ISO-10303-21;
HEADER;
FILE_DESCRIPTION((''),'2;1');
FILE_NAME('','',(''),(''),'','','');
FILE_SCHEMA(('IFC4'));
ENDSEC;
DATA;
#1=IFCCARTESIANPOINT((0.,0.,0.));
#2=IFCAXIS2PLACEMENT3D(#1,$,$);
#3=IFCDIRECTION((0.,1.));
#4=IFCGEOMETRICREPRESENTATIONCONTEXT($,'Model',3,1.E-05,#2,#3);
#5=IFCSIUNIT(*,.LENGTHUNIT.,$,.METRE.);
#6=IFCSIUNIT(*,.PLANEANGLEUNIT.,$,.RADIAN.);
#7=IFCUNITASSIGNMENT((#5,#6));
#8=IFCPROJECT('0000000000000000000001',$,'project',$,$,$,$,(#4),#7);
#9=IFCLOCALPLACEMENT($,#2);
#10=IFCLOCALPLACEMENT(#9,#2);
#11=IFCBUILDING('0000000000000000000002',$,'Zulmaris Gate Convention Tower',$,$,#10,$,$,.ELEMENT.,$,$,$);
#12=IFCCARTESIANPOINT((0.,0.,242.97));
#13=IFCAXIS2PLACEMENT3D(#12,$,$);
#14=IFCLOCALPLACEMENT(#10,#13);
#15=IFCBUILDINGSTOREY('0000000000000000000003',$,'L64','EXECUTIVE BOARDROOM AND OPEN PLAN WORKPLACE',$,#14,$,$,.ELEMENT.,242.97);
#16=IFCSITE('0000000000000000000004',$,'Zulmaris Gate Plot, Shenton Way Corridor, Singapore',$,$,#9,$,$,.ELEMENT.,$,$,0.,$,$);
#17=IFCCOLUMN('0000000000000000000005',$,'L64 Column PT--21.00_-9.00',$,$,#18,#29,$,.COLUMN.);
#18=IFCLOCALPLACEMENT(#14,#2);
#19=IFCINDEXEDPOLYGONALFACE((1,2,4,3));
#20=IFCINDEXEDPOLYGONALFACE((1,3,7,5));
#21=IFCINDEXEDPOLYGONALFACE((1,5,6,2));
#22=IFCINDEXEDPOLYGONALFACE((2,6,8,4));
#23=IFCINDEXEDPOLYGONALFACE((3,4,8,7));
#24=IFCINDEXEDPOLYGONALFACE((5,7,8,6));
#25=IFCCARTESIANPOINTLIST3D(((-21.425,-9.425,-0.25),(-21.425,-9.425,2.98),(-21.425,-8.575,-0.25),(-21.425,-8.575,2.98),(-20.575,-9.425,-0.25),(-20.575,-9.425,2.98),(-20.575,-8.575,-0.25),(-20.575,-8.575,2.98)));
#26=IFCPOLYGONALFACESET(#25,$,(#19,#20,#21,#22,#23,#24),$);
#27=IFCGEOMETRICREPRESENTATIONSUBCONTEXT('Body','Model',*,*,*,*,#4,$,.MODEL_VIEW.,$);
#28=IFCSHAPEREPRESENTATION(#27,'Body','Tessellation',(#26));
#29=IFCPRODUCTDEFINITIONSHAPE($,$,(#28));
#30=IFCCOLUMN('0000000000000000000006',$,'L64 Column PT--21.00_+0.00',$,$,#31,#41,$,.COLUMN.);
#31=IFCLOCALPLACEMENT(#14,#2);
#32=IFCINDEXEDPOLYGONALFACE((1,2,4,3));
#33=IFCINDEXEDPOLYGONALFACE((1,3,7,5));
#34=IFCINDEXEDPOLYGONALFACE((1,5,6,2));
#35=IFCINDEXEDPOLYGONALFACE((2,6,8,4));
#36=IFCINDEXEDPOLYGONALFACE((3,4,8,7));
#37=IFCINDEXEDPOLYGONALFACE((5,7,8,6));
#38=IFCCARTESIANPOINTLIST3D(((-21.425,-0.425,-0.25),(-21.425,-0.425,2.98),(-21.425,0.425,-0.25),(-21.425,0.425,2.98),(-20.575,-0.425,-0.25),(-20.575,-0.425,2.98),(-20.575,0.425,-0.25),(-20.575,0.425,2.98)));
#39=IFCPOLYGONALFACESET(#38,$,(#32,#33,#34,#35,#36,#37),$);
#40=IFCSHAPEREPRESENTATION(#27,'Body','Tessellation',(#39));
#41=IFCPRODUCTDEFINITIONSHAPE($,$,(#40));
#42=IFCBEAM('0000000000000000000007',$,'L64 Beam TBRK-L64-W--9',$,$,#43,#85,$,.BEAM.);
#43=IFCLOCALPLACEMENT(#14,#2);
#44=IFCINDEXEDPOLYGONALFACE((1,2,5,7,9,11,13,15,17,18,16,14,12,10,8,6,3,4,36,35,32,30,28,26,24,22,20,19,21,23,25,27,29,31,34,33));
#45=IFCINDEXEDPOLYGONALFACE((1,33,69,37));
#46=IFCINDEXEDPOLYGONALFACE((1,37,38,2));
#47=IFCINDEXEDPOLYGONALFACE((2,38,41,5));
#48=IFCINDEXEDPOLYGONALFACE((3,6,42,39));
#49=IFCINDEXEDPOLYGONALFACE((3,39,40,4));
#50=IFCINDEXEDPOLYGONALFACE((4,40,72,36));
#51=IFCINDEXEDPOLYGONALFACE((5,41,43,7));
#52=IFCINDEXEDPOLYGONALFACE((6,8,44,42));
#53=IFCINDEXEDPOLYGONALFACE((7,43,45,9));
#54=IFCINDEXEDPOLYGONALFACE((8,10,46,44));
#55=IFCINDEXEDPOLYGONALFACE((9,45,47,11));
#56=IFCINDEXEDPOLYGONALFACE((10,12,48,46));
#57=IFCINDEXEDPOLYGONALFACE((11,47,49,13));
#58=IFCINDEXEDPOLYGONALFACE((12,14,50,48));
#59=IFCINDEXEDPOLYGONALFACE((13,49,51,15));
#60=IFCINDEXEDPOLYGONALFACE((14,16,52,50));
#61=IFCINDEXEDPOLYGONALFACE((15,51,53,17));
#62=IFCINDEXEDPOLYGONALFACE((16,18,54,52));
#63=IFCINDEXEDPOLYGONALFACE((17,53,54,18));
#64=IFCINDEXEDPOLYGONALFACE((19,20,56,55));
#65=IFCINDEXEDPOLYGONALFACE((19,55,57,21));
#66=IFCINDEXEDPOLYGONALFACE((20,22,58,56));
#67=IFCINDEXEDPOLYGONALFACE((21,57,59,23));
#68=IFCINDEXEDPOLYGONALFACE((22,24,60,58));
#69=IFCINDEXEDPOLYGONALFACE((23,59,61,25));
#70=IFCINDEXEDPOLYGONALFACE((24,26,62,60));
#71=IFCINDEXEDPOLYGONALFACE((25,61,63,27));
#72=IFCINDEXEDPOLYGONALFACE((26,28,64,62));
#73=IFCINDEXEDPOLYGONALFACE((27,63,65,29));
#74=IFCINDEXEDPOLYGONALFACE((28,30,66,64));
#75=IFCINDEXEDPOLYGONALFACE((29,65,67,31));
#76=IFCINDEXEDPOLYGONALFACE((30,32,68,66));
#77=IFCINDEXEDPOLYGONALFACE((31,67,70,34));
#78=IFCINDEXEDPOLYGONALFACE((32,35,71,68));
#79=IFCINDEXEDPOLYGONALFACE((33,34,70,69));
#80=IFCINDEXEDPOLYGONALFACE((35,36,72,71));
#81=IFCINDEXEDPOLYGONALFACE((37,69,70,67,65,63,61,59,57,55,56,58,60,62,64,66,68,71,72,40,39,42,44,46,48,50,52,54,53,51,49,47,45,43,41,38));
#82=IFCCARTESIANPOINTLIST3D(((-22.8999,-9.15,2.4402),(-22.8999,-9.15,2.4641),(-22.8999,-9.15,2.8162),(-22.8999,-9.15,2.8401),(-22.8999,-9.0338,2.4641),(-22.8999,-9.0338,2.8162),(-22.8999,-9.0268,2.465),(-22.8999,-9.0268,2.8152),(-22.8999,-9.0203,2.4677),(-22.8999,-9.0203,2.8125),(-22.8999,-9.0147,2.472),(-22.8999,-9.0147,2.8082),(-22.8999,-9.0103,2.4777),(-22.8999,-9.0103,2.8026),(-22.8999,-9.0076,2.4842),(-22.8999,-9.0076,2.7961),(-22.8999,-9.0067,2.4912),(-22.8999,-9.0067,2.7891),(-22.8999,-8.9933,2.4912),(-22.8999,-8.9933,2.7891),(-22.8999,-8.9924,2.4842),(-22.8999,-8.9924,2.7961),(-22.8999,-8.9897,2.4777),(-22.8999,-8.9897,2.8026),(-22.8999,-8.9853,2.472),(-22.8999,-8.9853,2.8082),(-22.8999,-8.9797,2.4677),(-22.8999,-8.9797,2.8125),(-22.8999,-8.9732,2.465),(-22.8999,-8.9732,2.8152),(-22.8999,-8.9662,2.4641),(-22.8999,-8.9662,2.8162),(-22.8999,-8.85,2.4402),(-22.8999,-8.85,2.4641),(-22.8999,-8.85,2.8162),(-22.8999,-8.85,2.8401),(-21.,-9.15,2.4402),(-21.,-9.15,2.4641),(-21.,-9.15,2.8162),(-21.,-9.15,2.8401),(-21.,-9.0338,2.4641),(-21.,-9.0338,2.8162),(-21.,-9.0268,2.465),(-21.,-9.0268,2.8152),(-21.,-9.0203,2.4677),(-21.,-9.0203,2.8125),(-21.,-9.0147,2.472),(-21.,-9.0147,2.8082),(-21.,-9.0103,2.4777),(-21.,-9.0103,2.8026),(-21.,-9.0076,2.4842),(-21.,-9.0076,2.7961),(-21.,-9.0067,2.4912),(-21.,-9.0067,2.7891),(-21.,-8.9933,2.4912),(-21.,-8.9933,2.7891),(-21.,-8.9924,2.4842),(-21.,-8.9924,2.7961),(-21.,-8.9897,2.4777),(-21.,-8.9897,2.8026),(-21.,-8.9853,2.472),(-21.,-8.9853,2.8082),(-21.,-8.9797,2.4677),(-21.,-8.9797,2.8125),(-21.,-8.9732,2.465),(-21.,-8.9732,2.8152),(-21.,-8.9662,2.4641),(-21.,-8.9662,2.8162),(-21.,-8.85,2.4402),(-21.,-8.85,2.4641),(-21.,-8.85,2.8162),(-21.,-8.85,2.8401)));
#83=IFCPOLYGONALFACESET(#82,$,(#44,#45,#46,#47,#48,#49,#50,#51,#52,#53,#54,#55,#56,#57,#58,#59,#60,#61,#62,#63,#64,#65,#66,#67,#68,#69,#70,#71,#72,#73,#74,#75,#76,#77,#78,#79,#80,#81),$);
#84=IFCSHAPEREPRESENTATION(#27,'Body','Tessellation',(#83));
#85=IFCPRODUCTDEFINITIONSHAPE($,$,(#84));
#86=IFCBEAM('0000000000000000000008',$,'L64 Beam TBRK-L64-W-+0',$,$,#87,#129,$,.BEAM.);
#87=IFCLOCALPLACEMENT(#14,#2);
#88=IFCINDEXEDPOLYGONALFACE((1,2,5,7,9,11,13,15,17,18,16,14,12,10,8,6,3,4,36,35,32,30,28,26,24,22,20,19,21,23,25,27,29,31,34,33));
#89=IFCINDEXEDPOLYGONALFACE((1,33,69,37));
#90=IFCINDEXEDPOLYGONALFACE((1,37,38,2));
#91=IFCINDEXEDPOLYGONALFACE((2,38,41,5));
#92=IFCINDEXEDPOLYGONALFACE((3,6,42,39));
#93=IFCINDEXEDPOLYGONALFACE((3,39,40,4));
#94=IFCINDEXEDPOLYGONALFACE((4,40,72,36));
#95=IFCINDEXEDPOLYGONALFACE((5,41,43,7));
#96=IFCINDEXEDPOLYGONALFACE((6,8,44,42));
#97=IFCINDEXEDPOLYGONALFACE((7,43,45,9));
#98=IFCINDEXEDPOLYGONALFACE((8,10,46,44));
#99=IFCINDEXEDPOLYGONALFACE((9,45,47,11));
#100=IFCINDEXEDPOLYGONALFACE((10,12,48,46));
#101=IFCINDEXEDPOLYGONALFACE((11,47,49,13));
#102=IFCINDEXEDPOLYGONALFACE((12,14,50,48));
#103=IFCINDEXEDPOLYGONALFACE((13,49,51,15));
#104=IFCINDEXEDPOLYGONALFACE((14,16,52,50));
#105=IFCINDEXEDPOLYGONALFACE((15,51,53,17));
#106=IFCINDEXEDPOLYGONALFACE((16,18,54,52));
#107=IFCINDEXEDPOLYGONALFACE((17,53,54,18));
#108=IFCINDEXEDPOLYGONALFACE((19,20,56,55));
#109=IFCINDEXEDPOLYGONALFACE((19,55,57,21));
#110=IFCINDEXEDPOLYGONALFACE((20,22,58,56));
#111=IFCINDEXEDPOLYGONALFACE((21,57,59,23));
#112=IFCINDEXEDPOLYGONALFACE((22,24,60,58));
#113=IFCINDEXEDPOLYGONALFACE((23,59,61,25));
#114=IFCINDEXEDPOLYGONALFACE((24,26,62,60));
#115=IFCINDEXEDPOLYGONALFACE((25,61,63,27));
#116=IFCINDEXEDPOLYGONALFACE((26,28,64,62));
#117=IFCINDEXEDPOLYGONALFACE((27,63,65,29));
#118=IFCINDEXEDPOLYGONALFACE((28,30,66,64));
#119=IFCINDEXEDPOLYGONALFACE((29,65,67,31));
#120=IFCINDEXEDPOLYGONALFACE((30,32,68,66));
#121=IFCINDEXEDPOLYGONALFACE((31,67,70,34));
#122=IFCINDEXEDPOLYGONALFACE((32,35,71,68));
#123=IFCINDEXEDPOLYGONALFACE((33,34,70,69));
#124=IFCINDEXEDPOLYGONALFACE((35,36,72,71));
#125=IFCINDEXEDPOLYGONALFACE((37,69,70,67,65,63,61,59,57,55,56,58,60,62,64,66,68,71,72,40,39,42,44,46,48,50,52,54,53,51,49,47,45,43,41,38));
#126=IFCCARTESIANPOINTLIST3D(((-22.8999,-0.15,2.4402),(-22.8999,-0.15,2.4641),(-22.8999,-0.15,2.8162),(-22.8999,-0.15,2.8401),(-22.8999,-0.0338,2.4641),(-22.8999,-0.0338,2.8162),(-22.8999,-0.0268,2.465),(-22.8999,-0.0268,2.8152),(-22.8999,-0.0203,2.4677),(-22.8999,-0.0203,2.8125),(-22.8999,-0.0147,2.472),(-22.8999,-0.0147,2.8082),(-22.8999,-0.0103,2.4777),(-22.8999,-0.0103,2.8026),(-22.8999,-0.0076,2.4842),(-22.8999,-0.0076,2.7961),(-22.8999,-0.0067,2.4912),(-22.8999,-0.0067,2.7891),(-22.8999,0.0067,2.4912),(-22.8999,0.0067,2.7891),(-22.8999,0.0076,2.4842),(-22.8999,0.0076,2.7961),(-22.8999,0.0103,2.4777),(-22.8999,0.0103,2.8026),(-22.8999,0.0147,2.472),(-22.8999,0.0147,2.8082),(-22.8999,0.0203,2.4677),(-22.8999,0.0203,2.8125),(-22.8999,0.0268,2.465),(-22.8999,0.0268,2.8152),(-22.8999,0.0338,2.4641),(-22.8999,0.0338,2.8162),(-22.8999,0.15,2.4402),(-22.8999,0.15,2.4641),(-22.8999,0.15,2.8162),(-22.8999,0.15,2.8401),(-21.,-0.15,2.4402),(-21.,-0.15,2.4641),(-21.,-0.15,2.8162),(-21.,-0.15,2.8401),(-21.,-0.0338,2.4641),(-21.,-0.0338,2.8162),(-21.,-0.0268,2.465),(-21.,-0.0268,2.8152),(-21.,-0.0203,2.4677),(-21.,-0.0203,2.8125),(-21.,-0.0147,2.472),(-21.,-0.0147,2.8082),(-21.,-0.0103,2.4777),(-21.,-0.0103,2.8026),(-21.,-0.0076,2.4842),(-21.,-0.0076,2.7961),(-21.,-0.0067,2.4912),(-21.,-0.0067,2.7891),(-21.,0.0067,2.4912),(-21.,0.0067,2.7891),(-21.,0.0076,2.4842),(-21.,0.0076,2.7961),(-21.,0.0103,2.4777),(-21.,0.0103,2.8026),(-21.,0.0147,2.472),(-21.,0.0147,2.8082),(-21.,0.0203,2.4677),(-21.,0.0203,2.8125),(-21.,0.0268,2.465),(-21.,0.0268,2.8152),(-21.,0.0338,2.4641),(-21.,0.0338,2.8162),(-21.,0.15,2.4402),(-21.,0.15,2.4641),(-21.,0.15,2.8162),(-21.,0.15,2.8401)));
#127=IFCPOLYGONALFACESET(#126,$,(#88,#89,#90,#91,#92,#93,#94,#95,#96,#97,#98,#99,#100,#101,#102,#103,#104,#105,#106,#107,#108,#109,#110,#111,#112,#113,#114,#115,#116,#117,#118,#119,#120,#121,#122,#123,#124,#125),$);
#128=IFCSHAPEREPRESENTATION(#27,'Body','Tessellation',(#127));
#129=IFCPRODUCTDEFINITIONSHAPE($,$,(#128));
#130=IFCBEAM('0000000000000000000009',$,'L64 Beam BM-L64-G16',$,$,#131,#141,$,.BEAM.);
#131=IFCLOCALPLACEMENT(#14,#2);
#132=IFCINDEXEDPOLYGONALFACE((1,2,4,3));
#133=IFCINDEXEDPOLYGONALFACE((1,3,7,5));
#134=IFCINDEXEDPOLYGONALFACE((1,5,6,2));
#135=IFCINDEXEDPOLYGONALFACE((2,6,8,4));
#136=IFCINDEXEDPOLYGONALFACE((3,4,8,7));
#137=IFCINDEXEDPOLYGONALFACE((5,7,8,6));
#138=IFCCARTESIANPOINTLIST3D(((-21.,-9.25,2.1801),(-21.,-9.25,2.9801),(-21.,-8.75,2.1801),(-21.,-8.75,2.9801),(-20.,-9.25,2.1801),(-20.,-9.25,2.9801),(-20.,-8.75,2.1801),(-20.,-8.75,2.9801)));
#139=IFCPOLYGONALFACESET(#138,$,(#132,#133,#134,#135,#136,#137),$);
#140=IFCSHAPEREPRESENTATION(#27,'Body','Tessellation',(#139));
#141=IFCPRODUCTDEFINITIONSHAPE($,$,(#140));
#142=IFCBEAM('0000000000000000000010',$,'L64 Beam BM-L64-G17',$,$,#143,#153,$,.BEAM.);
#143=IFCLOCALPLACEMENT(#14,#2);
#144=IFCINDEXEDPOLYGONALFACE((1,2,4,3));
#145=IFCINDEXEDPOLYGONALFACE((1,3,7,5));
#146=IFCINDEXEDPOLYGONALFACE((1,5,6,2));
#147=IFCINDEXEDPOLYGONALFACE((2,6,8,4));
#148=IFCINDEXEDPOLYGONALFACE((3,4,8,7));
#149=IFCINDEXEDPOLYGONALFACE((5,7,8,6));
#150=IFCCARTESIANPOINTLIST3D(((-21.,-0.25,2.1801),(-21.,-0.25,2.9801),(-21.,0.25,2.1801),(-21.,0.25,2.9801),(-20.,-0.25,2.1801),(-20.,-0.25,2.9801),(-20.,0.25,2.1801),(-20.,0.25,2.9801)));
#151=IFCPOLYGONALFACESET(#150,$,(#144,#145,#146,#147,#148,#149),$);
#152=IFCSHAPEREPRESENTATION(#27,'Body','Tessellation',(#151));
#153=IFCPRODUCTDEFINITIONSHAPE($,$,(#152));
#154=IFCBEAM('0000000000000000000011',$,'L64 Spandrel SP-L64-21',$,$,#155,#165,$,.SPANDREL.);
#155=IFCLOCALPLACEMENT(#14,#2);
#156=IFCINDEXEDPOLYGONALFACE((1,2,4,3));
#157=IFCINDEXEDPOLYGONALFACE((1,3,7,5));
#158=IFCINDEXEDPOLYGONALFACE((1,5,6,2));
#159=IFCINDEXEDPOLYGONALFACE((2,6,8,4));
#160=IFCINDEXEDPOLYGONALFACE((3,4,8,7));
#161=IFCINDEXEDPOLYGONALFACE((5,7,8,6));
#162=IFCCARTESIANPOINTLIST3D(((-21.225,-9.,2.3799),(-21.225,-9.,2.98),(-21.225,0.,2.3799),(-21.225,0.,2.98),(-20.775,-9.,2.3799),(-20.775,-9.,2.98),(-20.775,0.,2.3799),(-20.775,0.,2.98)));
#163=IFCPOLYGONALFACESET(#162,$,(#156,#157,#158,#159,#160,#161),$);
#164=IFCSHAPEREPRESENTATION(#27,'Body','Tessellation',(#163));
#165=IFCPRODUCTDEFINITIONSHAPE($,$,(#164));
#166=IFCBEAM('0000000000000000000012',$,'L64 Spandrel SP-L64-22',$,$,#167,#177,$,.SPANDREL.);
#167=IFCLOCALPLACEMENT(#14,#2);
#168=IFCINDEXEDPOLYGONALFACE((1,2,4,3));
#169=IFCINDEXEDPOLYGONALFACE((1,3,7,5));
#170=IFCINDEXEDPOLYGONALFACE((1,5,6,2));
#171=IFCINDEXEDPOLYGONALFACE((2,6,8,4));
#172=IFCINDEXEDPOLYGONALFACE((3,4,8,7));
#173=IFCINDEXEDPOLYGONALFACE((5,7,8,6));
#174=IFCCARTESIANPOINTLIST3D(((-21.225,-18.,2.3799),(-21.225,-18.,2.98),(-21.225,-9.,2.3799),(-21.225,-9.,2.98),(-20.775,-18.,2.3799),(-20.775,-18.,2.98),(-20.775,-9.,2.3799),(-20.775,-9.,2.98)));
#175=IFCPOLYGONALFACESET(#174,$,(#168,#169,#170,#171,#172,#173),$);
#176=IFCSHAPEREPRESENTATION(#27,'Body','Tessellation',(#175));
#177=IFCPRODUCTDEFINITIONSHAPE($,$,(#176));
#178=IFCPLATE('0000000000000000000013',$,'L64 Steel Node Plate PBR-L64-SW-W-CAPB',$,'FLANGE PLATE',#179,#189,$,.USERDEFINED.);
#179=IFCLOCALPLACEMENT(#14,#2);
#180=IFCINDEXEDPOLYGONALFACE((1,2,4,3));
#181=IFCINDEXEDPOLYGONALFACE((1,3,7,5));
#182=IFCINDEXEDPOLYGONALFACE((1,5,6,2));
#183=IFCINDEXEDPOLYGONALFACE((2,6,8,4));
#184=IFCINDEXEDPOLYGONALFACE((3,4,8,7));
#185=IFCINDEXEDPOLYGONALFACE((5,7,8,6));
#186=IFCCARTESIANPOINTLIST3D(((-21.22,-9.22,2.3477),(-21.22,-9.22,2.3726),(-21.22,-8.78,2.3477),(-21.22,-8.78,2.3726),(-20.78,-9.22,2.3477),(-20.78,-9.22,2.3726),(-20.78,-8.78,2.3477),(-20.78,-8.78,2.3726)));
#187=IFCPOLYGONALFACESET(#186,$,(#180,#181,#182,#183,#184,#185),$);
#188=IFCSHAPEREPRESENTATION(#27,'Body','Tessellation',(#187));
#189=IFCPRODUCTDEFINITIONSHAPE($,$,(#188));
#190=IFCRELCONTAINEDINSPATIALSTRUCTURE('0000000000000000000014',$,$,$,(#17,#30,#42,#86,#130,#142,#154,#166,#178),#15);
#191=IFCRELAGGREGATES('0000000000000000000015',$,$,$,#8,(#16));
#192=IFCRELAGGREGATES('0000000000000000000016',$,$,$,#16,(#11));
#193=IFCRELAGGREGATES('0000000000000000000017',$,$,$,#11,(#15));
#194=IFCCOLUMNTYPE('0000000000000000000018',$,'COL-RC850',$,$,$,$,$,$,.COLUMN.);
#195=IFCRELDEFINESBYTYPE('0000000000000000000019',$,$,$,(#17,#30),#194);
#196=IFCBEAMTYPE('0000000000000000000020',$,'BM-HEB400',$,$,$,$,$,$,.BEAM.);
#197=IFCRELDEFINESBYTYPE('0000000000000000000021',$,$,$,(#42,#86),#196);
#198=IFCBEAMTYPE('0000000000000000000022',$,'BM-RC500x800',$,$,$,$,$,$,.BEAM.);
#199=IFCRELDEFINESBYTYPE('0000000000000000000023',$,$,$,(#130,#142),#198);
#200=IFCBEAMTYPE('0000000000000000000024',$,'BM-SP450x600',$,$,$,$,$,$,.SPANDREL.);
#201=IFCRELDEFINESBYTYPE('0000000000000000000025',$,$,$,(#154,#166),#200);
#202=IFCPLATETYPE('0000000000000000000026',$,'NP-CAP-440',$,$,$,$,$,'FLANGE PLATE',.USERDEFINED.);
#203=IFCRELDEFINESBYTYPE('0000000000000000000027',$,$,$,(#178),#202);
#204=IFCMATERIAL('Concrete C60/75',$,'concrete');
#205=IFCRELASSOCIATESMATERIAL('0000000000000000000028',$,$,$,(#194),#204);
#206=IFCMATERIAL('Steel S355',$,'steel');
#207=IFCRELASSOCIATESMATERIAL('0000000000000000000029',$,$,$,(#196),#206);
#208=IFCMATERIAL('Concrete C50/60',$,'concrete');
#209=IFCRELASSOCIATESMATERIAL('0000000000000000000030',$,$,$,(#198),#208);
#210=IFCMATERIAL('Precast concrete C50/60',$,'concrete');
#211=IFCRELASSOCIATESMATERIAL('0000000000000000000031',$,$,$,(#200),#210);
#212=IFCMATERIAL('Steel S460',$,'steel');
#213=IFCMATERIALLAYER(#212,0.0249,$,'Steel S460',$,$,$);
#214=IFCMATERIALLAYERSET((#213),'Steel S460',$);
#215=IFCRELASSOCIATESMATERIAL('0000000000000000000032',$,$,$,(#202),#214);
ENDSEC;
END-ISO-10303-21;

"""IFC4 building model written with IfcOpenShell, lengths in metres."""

from ifc_helpers import new_model, si_unit, direction, frame, origin, origin_2d, place, context, subcontext, project, spatial, rectangle, i_section, extrude, material, layer, layer_set, material_profile, profile_set, type_object, element, save


model = new_model("IFC4")

# Units and contexts
model_context = context("Model", 3, precision=1e-05, world=origin(), true_north=direction((0.0, 1.0)))
body_context = subcontext(model_context, "Body", "Model", "MODEL_VIEW")
ifc_project = project(units=[si_unit("LENGTHUNIT", "METRE"), si_unit("PLANEANGLEUNIT", "RADIAN")], contexts=[model_context])

# Site, building, storey
site_placement = place(None, origin())
site = spatial("IfcSite", under=ifc_project, at=site_placement, Name="Zulmaris Gate Plot, Shenton Way Corridor, Singapore", CompositionType="ELEMENT", RefElevation=0.0)
building_placement = place(site_placement, origin())
building = spatial("IfcBuilding", under=site, at=building_placement, Name="Zulmaris Gate Convention Tower", CompositionType="ELEMENT")
storey_placement = place(building_placement, frame((0.0, 0.0, 242.97)))
storey = spatial("IfcBuildingStorey", under=building, at=storey_placement, Name="L64", Description="EXECUTIVE BOARDROOM AND OPEN PLAN WORKPLACE", CompositionType="ELEMENT", Elevation=242.97)

# Columns
ifc_material_1 = material(Name="Concrete C60/75", Category="concrete")
ifc_material_profile_1 = material_profile(ifc_material_1, rectangle(XDim=0.8501, YDim=0.8501, at=origin_2d()), Name="RC COL 850x850")
ifc_profile_set_1 = profile_set([ifc_material_profile_1], Name="Concrete C60/75")
column_type = type_object("IfcColumnType", Name="COL-RC850", PredefinedType="COLUMN", material=ifc_profile_set_1)
for number, where, z_axis, x_axis, name in (
    (1, (-21.0, -9.0, -0.25), (0.0, 0.0, 1.0), (1.0, 0.0, 0.0), "L64 Column PT--21.00_-9.00"),
    (2, (-21.0, 0.0, -0.25), (0.0, 0.0, 1.0), (1.0, 0.0, 0.0), "L64 Column PT--21.00_+0.00"),
):
    element("IfcColumn", number, at=place(storey_placement, frame(where, z_axis=z_axis, x_axis=x_axis)), inside=storey, type_object=column_type, Name=name, PredefinedType="COLUMN", context=body_context, shape_type="SweptSolid", body=[
        extrude(rectangle(XDim=0.8501, YDim=0.8501, at=origin_2d()), origin(), (0.0, 0.0, 1.0), 3.23),
    ])

# Beams
ifc_material_2 = material(Name="Steel S355", Category="steel")
ifc_material_profile_2 = material_profile(ifc_material_2, i_section(OverallWidth=0.3, OverallDepth=0.3999, WebThickness=0.0134, FlangeThickness=0.0239, FilletRadius=0.0271, at=origin_2d()), Name="HEB 400")
ifc_profile_set_2 = profile_set([ifc_material_profile_2], Name="Steel S355")
beam_type_1 = type_object("IfcBeamType", Name="BM-HEB400", PredefinedType="BEAM", material=ifc_profile_set_2)
for number, where, z_axis, x_axis, name in (
    (3, (-22.8999, -9.0, 2.6401), (1.0, 0.0, 0.0), (0.0, 1.0, 0.0), "L64 Beam TBRK-L64-W--9"),
    (4, (-22.8999, 0.0, 2.6401), (1.0, 0.0, 0.0), (0.0, 1.0, 0.0), "L64 Beam TBRK-L64-W-+0"),
):
    element("IfcBeam", number, at=place(storey_placement, frame(where, z_axis=z_axis, x_axis=x_axis)), inside=storey, type_object=beam_type_1, Name=name, PredefinedType="BEAM", context=body_context, shape_type="SweptSolid", body=[
        extrude(i_section(OverallWidth=0.3, OverallDepth=0.3999, WebThickness=0.0134, FlangeThickness=0.0239, FilletRadius=0.0271, at=origin_2d()), origin(), (0.0, 0.0, 1.0), 1.8999),
    ])
ifc_material_3 = material(Name="Concrete C50/60", Category="concrete")
ifc_material_profile_3 = material_profile(ifc_material_3, rectangle(XDim=0.5, YDim=0.8, at=origin_2d()), Name="RC BEAM 500x800")
ifc_profile_set_3 = profile_set([ifc_material_profile_3], Name="Concrete C50/60")
beam_type_2 = type_object("IfcBeamType", Name="BM-RC500x800", PredefinedType="BEAM", material=ifc_profile_set_3)
for number, where, z_axis, x_axis, name in (
    (5, (-21.0, -9.0, 2.5801), (1.0, 0.0, 0.0), (0.0, 1.0, 0.0), "L64 Beam BM-L64-G16"),
    (6, (-21.0, 0.0, 2.5801), (1.0, 0.0, 0.0), (0.0, 1.0, 0.0), "L64 Beam BM-L64-G17"),
):
    element("IfcBeam", number, at=place(storey_placement, frame(where, z_axis=z_axis, x_axis=x_axis)), inside=storey, type_object=beam_type_2, Name=name, PredefinedType="BEAM", context=body_context, shape_type="SweptSolid", body=[
        extrude(rectangle(XDim=0.5, YDim=0.8, at=origin_2d()), origin(), (0.0, 0.0, 1.0), 1.0),
    ])
ifc_material_4 = material(Name="Precast concrete C50/60", Category="concrete")
ifc_material_profile_4 = material_profile(ifc_material_4, rectangle(XDim=0.45, YDim=0.6001, at=origin_2d()), Name="RC SPANDREL 450x600")
ifc_profile_set_4 = profile_set([ifc_material_profile_4], Name="Precast concrete C50/60")
beam_type_3 = type_object("IfcBeamType", Name="BM-SP450x600", PredefinedType="SPANDREL", material=ifc_profile_set_4)
for number, where, z_axis, x_axis, name in (
    (7, (-21.0, 0.0, 2.6799), (0.0, -1.0, 0.0), (1.0, 0.0, 0.0), "L64 Spandrel SP-L64-21"),
    (8, (-21.0, -9.0, 2.6799), (0.0, -1.0, 0.0), (1.0, 0.0, 0.0), "L64 Spandrel SP-L64-22"),
):
    element("IfcBeam", number, at=place(storey_placement, frame(where, z_axis=z_axis, x_axis=x_axis)), inside=storey, type_object=beam_type_3, Name=name, PredefinedType="SPANDREL", context=body_context, shape_type="SweptSolid", body=[
        extrude(rectangle(XDim=0.45, YDim=0.6001, at=origin_2d()), origin(), (0.0, 0.0, 1.0), 9.0),
    ])

# Plate
ifc_material_5 = material(Name="Steel S460", Category="steel")
ifc_layer_1 = layer(ifc_material_5, 0.0249, Name="Steel S460")
ifc_layer_set_1 = layer_set([ifc_layer_1], Name="Steel S460")
plate_type = type_object("IfcPlateType", Name="NP-CAP-440", ElementType="FLANGE PLATE", PredefinedType="USERDEFINED", material=ifc_layer_set_1)
plate_placement = place(storey_placement, frame((-21.0, -9.0, 2.3477), z_axis=(0.0, 0.0, 1.0), x_axis=(1.0, 0.0, 0.0)))
element("IfcPlate", 9, at=plate_placement, inside=storey, type_object=plate_type, Name="L64 Steel Node Plate PBR-L64-SW-W-CAPB", ObjectType="FLANGE PLATE", PredefinedType="USERDEFINED", context=body_context, shape_type="SweptSolid", body=[
    extrude(rectangle(XDim=0.4399, YDim=0.4399, at=origin_2d()), origin(), (0.0, 0.0, 1.0), 0.0249),
])

save(model, "model.ifc")
